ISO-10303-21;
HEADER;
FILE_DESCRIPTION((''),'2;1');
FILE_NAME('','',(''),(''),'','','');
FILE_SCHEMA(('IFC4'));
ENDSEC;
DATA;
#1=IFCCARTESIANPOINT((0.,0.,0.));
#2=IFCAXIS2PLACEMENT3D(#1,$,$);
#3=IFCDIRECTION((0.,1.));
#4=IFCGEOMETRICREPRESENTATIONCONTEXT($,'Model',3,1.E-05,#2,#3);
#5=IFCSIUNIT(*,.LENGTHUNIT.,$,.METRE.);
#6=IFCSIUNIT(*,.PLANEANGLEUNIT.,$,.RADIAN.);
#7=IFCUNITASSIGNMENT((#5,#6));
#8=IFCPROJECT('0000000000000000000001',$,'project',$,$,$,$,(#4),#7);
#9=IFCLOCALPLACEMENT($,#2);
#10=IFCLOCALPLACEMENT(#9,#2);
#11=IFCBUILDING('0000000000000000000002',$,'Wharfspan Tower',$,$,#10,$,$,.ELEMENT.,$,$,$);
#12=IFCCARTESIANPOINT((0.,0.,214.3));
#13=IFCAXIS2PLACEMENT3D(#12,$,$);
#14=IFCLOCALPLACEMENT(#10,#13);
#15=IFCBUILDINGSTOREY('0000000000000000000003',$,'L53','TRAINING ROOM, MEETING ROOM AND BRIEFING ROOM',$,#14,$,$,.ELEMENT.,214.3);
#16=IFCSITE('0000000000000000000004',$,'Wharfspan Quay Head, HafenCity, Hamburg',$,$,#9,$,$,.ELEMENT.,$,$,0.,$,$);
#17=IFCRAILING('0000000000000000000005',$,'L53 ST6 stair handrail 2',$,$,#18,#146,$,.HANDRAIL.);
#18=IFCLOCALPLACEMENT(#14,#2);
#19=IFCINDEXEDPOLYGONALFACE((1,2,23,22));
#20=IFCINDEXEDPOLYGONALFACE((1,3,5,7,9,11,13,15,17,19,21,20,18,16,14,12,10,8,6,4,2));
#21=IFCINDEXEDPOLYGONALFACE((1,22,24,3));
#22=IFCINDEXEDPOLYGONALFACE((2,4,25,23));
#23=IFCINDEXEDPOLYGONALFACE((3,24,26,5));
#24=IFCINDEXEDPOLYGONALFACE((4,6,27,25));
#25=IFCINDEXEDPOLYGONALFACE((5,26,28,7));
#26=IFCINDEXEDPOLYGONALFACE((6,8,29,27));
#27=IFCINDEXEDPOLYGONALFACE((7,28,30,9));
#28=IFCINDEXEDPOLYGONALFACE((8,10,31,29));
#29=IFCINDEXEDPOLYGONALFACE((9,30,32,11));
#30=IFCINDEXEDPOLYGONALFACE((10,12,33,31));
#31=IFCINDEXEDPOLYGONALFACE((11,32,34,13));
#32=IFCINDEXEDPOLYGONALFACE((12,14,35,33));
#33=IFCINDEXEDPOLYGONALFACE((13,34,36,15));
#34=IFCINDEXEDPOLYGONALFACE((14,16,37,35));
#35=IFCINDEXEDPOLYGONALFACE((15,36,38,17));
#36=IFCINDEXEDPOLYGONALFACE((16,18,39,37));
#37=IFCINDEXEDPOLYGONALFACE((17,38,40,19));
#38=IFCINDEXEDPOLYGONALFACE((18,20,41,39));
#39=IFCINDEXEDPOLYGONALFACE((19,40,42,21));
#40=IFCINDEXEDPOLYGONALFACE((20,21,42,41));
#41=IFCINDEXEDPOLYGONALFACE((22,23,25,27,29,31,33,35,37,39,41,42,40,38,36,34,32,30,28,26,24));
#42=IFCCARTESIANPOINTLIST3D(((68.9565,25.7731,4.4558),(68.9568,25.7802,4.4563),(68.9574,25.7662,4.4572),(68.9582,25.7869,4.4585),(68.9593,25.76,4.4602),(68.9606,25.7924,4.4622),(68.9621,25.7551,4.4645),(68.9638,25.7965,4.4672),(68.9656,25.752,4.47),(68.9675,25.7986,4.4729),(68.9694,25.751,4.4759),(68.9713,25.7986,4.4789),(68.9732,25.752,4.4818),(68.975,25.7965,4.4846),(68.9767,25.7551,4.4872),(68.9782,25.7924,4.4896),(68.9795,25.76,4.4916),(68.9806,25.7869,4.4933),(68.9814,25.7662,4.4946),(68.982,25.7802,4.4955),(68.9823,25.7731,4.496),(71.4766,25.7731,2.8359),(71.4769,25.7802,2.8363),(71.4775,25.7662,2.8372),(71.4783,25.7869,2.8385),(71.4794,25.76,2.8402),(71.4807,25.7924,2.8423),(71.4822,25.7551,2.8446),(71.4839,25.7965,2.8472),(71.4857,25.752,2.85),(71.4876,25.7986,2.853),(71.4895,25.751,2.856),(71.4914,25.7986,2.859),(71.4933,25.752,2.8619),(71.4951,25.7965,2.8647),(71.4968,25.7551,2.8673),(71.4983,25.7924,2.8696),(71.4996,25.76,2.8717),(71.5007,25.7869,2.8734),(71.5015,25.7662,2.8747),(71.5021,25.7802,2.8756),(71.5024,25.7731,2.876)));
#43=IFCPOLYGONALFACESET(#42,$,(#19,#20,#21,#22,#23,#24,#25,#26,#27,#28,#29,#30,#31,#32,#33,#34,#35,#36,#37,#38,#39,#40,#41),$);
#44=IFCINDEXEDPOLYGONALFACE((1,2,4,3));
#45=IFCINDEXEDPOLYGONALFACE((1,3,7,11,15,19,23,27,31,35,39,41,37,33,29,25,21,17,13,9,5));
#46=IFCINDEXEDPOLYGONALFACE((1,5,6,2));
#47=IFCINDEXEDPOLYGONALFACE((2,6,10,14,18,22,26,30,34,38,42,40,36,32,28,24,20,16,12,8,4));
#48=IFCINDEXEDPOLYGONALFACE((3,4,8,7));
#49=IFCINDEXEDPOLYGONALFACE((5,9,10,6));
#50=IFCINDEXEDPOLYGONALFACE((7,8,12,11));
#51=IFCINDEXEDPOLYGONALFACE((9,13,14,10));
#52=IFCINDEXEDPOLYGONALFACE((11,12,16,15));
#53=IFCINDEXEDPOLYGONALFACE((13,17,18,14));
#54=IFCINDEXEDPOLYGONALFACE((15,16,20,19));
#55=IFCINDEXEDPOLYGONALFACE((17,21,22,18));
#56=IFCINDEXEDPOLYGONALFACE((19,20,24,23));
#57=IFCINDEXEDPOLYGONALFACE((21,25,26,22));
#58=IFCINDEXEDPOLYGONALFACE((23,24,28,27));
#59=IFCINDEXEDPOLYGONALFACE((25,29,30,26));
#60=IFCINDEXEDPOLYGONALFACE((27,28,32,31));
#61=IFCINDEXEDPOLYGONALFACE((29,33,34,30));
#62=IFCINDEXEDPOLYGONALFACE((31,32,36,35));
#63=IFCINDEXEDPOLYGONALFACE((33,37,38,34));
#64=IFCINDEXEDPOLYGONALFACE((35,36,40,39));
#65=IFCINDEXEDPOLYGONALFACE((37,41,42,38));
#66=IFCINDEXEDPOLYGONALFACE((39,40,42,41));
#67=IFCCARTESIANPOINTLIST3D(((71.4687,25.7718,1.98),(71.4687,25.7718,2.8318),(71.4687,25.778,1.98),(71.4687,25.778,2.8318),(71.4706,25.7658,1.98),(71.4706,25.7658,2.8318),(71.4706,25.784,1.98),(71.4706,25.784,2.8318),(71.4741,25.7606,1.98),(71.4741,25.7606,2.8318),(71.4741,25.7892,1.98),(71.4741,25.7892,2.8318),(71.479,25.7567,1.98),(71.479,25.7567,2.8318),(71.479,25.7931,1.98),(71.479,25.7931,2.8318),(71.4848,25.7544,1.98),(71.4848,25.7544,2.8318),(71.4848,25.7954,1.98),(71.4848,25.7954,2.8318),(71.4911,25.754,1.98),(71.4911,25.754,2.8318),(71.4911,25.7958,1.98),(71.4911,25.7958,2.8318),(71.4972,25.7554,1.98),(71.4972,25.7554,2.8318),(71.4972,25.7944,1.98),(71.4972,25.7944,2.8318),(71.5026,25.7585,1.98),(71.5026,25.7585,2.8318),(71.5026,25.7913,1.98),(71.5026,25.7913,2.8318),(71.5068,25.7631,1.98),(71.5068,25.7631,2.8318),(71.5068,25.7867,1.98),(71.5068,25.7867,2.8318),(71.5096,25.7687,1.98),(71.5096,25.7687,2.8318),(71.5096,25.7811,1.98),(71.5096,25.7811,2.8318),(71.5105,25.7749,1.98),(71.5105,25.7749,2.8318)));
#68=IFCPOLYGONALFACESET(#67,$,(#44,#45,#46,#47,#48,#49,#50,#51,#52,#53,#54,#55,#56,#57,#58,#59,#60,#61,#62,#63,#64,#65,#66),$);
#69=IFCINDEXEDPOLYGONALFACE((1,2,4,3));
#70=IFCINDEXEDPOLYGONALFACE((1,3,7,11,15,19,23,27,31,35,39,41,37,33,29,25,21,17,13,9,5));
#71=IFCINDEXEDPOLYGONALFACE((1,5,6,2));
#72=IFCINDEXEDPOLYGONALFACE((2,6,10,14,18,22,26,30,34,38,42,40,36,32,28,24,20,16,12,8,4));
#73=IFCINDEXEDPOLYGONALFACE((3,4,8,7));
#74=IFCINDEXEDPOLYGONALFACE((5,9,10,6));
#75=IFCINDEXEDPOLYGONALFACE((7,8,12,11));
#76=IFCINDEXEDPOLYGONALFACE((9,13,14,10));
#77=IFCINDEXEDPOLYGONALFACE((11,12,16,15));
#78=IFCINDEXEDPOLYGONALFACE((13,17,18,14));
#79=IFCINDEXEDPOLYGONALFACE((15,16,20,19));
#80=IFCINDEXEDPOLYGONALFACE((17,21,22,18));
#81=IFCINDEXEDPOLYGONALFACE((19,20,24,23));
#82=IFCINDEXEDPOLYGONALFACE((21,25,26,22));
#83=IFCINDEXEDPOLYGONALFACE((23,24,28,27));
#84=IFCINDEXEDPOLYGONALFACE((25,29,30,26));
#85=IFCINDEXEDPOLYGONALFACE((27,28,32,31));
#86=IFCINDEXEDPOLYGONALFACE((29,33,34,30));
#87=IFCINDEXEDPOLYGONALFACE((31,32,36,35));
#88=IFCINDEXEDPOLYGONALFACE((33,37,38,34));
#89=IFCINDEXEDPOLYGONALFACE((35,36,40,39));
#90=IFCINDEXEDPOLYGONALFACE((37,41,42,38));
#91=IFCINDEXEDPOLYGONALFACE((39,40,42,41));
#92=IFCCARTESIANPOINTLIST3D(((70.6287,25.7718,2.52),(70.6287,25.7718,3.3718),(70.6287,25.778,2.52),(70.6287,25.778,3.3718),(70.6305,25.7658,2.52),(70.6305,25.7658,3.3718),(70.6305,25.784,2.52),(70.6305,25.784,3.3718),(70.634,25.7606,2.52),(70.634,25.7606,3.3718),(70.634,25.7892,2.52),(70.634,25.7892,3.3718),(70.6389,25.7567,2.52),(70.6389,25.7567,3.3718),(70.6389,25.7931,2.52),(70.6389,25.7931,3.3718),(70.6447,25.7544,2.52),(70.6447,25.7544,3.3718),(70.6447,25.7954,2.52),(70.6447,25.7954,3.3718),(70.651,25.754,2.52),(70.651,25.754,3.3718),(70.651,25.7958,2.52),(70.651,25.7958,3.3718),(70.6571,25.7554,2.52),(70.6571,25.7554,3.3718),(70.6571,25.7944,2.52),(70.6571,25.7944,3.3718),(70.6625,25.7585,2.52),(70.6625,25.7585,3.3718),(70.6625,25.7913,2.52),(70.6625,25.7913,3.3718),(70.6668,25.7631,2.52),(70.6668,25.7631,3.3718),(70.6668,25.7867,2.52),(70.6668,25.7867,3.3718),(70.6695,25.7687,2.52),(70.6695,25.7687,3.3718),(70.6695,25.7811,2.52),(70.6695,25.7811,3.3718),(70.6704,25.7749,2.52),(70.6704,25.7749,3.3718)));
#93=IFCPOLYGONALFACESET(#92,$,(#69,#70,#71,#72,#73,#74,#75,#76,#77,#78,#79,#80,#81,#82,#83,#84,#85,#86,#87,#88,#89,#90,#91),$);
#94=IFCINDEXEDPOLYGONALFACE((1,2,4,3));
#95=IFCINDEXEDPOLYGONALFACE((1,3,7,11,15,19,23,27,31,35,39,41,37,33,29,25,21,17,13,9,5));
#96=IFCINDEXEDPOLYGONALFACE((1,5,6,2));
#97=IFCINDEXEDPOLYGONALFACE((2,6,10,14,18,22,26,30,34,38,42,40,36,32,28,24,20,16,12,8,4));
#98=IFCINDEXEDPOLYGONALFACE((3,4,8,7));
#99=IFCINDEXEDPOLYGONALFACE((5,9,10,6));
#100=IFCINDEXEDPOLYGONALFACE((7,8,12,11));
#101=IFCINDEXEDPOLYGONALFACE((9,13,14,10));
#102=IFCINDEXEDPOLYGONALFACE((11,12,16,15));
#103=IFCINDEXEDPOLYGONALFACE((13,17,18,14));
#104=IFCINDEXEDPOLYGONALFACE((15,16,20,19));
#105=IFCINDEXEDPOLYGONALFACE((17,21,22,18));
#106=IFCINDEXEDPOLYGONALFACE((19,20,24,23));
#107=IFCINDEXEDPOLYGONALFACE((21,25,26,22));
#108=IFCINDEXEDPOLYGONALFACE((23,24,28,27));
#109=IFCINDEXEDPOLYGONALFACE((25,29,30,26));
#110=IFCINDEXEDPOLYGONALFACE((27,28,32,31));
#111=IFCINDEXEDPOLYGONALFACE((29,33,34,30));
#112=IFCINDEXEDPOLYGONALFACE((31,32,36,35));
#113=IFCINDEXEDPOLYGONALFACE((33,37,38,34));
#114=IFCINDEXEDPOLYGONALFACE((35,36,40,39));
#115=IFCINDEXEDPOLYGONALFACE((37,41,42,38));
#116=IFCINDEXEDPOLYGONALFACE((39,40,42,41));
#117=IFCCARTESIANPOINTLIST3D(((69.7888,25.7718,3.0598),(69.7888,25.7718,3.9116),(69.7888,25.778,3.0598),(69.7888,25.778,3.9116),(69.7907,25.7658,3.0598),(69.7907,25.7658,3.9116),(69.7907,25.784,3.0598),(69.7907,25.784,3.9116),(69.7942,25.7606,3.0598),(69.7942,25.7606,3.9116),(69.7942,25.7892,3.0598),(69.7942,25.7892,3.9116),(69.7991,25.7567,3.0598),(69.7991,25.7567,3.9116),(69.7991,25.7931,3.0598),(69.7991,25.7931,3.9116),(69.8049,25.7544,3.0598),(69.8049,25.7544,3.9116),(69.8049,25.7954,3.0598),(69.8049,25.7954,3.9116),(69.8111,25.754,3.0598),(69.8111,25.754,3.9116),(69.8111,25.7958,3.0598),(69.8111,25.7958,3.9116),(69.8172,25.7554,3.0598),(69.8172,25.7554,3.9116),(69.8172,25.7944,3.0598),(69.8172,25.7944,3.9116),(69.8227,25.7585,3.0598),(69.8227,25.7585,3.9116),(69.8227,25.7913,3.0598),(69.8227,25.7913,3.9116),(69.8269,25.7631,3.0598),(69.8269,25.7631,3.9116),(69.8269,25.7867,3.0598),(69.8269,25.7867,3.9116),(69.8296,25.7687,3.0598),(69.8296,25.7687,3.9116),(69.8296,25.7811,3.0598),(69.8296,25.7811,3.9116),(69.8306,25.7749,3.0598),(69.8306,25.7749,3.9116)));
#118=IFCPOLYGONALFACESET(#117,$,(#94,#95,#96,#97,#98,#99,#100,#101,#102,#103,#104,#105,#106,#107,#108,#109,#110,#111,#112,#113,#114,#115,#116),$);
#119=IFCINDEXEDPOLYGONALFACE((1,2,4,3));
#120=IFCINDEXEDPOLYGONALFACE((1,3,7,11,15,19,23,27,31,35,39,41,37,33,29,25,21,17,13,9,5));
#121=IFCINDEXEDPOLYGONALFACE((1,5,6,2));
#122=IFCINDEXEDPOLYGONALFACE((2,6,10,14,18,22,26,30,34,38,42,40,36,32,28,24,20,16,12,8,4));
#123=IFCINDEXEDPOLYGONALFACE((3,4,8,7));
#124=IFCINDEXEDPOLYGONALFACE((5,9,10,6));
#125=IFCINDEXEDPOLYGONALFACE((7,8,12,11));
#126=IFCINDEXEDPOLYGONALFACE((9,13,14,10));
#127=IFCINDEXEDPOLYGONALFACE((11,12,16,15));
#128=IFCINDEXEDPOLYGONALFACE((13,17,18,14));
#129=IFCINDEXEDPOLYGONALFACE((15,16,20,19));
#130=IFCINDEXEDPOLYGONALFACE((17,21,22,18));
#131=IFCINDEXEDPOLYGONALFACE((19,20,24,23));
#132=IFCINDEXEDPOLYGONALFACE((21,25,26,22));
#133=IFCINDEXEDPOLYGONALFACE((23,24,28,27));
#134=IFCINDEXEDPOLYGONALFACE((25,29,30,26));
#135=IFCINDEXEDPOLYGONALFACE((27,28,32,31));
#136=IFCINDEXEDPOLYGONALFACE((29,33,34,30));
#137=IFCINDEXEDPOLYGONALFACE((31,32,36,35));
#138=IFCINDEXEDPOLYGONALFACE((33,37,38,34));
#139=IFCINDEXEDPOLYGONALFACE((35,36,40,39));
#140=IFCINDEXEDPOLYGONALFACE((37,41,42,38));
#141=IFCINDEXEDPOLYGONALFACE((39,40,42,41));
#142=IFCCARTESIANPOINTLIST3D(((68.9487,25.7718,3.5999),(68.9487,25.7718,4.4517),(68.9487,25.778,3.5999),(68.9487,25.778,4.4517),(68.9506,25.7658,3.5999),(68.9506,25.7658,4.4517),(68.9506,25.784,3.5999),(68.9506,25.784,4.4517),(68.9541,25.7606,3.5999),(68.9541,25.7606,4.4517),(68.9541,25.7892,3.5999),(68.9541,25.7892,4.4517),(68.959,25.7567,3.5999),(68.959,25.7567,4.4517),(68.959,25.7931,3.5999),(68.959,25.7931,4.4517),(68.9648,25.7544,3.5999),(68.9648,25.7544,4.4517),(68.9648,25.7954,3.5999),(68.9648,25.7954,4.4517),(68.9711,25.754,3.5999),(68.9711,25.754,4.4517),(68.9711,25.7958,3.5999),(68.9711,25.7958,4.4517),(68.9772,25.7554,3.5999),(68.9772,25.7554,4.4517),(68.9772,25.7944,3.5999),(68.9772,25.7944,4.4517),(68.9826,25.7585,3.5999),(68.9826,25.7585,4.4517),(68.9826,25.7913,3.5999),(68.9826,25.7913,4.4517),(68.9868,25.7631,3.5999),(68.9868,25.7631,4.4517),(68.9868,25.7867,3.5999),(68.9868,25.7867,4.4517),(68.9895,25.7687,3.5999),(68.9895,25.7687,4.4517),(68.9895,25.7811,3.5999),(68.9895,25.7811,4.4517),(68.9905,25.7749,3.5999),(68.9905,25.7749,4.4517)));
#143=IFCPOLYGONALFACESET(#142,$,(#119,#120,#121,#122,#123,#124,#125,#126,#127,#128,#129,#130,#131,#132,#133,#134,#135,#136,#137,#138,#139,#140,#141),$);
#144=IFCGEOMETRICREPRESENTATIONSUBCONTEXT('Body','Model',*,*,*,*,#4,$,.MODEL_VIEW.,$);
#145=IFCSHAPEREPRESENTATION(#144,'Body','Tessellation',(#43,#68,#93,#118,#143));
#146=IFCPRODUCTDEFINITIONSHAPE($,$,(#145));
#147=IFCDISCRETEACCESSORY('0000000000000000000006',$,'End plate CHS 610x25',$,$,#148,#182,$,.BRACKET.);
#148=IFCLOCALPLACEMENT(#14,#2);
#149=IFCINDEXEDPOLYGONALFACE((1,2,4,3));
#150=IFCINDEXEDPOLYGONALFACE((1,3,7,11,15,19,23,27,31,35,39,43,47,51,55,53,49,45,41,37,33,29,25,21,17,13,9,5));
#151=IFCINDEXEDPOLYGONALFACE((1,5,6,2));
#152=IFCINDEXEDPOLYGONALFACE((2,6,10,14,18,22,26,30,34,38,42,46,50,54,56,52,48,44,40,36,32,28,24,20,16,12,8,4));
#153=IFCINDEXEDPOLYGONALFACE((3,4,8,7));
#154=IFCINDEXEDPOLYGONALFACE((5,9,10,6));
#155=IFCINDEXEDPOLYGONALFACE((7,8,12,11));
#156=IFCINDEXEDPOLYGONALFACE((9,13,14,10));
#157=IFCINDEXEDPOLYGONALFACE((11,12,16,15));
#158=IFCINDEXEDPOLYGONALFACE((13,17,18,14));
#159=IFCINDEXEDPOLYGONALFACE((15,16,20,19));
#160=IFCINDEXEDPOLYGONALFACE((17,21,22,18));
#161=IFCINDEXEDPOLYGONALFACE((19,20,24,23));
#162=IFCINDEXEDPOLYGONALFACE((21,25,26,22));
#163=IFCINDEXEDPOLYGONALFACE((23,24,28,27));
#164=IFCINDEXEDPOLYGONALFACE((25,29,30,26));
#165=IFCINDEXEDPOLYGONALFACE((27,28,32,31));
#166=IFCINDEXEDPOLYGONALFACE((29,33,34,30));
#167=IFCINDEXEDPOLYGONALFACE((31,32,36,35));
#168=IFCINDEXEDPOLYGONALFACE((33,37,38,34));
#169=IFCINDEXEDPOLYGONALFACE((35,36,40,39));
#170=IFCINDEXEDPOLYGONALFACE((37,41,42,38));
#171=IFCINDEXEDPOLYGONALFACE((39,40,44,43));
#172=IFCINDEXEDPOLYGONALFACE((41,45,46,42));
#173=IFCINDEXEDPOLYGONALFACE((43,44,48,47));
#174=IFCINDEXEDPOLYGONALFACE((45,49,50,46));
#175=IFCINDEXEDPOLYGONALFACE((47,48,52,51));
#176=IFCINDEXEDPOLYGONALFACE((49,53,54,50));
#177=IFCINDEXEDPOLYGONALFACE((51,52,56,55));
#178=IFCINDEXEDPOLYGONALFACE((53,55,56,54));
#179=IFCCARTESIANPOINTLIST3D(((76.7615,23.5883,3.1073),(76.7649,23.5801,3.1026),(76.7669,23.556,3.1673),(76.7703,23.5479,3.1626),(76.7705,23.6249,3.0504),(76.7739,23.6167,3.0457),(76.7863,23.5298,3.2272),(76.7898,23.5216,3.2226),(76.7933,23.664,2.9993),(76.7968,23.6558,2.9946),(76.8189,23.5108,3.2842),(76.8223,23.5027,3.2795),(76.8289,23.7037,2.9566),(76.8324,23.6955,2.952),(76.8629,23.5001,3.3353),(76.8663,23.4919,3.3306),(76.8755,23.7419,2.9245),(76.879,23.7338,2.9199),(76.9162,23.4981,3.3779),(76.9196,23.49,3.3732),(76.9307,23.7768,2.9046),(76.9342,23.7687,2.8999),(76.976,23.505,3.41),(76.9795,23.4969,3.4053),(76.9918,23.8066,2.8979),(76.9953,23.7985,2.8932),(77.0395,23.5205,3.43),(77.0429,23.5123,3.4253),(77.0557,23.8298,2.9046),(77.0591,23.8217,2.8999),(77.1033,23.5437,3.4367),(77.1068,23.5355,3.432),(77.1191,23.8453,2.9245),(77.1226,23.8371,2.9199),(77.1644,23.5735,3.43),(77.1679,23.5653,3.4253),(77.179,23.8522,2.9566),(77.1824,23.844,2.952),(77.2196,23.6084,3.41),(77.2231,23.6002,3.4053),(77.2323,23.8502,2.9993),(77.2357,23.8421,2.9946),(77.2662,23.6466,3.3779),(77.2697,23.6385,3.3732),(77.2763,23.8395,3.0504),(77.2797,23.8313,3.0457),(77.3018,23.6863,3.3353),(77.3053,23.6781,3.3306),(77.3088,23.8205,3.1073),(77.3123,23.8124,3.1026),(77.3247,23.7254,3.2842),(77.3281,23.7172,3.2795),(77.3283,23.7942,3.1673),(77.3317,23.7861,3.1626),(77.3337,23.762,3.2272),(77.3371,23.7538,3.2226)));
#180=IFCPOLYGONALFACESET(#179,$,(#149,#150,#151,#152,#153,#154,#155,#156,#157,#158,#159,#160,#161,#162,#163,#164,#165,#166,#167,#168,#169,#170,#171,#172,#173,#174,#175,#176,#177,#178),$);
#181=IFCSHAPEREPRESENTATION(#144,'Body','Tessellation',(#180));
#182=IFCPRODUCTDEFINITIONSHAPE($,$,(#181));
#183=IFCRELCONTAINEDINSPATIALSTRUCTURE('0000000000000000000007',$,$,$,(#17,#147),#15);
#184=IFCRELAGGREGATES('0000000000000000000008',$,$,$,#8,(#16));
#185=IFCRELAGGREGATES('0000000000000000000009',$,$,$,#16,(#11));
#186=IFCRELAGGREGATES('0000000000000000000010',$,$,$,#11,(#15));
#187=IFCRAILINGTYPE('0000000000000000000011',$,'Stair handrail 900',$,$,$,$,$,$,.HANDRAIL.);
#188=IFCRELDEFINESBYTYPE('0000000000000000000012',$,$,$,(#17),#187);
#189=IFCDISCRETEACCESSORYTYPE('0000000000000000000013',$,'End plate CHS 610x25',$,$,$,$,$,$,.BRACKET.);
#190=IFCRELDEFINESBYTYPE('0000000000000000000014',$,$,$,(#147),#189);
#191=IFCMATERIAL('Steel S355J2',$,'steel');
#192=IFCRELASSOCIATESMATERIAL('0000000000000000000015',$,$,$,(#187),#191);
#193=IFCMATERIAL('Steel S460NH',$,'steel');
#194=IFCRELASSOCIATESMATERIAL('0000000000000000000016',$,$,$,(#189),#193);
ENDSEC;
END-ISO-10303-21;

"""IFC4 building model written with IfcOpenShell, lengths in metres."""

from ifc_helpers import new_model, si_unit, direction, frame, origin, origin_2d, place, context, subcontext, project, spatial, circle, extrude, material, material_profile, profile_set, type_object, element, save


model = new_model("IFC4")

# Units and contexts
model_context = context("Model", 3, precision=1e-05, world=origin(), true_north=direction((0.0, 1.0)))
body_context = subcontext(model_context, "Body", "Model", "MODEL_VIEW")
ifc_project = project(units=[si_unit("LENGTHUNIT", "METRE"), si_unit("PLANEANGLEUNIT", "RADIAN")], contexts=[model_context])

# Site, building, storey
site_placement = place(None, origin())
site = spatial("IfcSite", under=ifc_project, at=site_placement, Name="Wharfspan Quay Head, HafenCity, Hamburg", CompositionType="ELEMENT", RefElevation=0.0)
building_placement = place(site_placement, origin())
building = spatial("IfcBuilding", under=site, at=building_placement, Name="Wharfspan Tower", CompositionType="ELEMENT")
storey_placement = place(building_placement, frame((0.0, 0.0, 214.3)))
storey = spatial("IfcBuildingStorey", under=building, at=storey_placement, Name="L53", Description="TRAINING ROOM, MEETING ROOM AND BRIEFING ROOM", CompositionType="ELEMENT", Elevation=214.3)

# Shared definitions
ifc_material_1 = material(Name="Steel S460NH", Category="steel")

# Railing
ifc_material_2 = material(Name="Steel S355J2", Category="steel")
railing_type_1 = type_object("IfcRailingType", Name="Stair handrail 900", PredefinedType="HANDRAIL", material=ifc_material_2)
railing_1_placement = place(storey_placement, frame((71.4895, 25.7749, 1.98)))
element("IfcRailing", 1, at=railing_1_placement, inside=storey, type_object=railing_type_1, Name="L53 ST6 stair handrail 2", PredefinedType="HANDRAIL", context=body_context, shape_type="SweptSolid", body=[
    extrude(circle(Radius=0.0239, at=origin_2d()), frame((0.0, 0.0, 0.876), z_axis=(-0.8412, 0.0, 0.540725), x_axis=(0.0, -1.0, 0.0)), (0.0, 0.0, 1.0), 2.9958),
    extrude(circle(Radius=0.021, at=origin_2d()), origin(), (0.0, 0.0, 1.0), 0.8518),
    extrude(circle(Radius=0.021, at=origin_2d()), frame((-0.8401, 0.0, 0.54)), (0.0, 0.0, 1.0), 0.8518),
    extrude(circle(Radius=0.021, at=origin_2d()), frame((-1.6799, 0.0, 1.0798)), (0.0, 0.0, 1.0), 0.8518),
    extrude(circle(Radius=0.021, at=origin_2d()), frame((-2.52, 0.0, 1.6199)), (0.0, 0.0, 1.0), 0.8518),
])

# Discrete accessory
ifc_material_profile_1 = material_profile(ifc_material_1, circle(Radius=0.3049, at=origin_2d()))
ifc_profile_set_1 = profile_set([ifc_material_profile_1], Name="Steel S460NH")
discrete_accessory_type = type_object("IfcDiscreteAccessoryType", Name="End plate CHS 610x25", PredefinedType="BRACKET", material=ifc_profile_set_1)
for number, where, z_axis, x_axis, name in (
    (2, (77.051, 23.667, 3.1626), (-0.345075, 0.81339, 0.468316), (-0.920586, -0.390551, -0.000002), "End plate CHS 610x25"),
):
    element("IfcDiscreteAccessory", number, at=place(storey_placement, frame(where, z_axis=z_axis, x_axis=x_axis)), inside=storey, type_object=discrete_accessory_type, Name=name, PredefinedType="BRACKET", context=body_context, shape_type="SweptSolid", body=[
        extrude(circle(Radius=0.3049, at=origin_2d()), origin(), (0.0, 0.0, 1.0), 0.01),
    ])

save(model, "model.ifc")
